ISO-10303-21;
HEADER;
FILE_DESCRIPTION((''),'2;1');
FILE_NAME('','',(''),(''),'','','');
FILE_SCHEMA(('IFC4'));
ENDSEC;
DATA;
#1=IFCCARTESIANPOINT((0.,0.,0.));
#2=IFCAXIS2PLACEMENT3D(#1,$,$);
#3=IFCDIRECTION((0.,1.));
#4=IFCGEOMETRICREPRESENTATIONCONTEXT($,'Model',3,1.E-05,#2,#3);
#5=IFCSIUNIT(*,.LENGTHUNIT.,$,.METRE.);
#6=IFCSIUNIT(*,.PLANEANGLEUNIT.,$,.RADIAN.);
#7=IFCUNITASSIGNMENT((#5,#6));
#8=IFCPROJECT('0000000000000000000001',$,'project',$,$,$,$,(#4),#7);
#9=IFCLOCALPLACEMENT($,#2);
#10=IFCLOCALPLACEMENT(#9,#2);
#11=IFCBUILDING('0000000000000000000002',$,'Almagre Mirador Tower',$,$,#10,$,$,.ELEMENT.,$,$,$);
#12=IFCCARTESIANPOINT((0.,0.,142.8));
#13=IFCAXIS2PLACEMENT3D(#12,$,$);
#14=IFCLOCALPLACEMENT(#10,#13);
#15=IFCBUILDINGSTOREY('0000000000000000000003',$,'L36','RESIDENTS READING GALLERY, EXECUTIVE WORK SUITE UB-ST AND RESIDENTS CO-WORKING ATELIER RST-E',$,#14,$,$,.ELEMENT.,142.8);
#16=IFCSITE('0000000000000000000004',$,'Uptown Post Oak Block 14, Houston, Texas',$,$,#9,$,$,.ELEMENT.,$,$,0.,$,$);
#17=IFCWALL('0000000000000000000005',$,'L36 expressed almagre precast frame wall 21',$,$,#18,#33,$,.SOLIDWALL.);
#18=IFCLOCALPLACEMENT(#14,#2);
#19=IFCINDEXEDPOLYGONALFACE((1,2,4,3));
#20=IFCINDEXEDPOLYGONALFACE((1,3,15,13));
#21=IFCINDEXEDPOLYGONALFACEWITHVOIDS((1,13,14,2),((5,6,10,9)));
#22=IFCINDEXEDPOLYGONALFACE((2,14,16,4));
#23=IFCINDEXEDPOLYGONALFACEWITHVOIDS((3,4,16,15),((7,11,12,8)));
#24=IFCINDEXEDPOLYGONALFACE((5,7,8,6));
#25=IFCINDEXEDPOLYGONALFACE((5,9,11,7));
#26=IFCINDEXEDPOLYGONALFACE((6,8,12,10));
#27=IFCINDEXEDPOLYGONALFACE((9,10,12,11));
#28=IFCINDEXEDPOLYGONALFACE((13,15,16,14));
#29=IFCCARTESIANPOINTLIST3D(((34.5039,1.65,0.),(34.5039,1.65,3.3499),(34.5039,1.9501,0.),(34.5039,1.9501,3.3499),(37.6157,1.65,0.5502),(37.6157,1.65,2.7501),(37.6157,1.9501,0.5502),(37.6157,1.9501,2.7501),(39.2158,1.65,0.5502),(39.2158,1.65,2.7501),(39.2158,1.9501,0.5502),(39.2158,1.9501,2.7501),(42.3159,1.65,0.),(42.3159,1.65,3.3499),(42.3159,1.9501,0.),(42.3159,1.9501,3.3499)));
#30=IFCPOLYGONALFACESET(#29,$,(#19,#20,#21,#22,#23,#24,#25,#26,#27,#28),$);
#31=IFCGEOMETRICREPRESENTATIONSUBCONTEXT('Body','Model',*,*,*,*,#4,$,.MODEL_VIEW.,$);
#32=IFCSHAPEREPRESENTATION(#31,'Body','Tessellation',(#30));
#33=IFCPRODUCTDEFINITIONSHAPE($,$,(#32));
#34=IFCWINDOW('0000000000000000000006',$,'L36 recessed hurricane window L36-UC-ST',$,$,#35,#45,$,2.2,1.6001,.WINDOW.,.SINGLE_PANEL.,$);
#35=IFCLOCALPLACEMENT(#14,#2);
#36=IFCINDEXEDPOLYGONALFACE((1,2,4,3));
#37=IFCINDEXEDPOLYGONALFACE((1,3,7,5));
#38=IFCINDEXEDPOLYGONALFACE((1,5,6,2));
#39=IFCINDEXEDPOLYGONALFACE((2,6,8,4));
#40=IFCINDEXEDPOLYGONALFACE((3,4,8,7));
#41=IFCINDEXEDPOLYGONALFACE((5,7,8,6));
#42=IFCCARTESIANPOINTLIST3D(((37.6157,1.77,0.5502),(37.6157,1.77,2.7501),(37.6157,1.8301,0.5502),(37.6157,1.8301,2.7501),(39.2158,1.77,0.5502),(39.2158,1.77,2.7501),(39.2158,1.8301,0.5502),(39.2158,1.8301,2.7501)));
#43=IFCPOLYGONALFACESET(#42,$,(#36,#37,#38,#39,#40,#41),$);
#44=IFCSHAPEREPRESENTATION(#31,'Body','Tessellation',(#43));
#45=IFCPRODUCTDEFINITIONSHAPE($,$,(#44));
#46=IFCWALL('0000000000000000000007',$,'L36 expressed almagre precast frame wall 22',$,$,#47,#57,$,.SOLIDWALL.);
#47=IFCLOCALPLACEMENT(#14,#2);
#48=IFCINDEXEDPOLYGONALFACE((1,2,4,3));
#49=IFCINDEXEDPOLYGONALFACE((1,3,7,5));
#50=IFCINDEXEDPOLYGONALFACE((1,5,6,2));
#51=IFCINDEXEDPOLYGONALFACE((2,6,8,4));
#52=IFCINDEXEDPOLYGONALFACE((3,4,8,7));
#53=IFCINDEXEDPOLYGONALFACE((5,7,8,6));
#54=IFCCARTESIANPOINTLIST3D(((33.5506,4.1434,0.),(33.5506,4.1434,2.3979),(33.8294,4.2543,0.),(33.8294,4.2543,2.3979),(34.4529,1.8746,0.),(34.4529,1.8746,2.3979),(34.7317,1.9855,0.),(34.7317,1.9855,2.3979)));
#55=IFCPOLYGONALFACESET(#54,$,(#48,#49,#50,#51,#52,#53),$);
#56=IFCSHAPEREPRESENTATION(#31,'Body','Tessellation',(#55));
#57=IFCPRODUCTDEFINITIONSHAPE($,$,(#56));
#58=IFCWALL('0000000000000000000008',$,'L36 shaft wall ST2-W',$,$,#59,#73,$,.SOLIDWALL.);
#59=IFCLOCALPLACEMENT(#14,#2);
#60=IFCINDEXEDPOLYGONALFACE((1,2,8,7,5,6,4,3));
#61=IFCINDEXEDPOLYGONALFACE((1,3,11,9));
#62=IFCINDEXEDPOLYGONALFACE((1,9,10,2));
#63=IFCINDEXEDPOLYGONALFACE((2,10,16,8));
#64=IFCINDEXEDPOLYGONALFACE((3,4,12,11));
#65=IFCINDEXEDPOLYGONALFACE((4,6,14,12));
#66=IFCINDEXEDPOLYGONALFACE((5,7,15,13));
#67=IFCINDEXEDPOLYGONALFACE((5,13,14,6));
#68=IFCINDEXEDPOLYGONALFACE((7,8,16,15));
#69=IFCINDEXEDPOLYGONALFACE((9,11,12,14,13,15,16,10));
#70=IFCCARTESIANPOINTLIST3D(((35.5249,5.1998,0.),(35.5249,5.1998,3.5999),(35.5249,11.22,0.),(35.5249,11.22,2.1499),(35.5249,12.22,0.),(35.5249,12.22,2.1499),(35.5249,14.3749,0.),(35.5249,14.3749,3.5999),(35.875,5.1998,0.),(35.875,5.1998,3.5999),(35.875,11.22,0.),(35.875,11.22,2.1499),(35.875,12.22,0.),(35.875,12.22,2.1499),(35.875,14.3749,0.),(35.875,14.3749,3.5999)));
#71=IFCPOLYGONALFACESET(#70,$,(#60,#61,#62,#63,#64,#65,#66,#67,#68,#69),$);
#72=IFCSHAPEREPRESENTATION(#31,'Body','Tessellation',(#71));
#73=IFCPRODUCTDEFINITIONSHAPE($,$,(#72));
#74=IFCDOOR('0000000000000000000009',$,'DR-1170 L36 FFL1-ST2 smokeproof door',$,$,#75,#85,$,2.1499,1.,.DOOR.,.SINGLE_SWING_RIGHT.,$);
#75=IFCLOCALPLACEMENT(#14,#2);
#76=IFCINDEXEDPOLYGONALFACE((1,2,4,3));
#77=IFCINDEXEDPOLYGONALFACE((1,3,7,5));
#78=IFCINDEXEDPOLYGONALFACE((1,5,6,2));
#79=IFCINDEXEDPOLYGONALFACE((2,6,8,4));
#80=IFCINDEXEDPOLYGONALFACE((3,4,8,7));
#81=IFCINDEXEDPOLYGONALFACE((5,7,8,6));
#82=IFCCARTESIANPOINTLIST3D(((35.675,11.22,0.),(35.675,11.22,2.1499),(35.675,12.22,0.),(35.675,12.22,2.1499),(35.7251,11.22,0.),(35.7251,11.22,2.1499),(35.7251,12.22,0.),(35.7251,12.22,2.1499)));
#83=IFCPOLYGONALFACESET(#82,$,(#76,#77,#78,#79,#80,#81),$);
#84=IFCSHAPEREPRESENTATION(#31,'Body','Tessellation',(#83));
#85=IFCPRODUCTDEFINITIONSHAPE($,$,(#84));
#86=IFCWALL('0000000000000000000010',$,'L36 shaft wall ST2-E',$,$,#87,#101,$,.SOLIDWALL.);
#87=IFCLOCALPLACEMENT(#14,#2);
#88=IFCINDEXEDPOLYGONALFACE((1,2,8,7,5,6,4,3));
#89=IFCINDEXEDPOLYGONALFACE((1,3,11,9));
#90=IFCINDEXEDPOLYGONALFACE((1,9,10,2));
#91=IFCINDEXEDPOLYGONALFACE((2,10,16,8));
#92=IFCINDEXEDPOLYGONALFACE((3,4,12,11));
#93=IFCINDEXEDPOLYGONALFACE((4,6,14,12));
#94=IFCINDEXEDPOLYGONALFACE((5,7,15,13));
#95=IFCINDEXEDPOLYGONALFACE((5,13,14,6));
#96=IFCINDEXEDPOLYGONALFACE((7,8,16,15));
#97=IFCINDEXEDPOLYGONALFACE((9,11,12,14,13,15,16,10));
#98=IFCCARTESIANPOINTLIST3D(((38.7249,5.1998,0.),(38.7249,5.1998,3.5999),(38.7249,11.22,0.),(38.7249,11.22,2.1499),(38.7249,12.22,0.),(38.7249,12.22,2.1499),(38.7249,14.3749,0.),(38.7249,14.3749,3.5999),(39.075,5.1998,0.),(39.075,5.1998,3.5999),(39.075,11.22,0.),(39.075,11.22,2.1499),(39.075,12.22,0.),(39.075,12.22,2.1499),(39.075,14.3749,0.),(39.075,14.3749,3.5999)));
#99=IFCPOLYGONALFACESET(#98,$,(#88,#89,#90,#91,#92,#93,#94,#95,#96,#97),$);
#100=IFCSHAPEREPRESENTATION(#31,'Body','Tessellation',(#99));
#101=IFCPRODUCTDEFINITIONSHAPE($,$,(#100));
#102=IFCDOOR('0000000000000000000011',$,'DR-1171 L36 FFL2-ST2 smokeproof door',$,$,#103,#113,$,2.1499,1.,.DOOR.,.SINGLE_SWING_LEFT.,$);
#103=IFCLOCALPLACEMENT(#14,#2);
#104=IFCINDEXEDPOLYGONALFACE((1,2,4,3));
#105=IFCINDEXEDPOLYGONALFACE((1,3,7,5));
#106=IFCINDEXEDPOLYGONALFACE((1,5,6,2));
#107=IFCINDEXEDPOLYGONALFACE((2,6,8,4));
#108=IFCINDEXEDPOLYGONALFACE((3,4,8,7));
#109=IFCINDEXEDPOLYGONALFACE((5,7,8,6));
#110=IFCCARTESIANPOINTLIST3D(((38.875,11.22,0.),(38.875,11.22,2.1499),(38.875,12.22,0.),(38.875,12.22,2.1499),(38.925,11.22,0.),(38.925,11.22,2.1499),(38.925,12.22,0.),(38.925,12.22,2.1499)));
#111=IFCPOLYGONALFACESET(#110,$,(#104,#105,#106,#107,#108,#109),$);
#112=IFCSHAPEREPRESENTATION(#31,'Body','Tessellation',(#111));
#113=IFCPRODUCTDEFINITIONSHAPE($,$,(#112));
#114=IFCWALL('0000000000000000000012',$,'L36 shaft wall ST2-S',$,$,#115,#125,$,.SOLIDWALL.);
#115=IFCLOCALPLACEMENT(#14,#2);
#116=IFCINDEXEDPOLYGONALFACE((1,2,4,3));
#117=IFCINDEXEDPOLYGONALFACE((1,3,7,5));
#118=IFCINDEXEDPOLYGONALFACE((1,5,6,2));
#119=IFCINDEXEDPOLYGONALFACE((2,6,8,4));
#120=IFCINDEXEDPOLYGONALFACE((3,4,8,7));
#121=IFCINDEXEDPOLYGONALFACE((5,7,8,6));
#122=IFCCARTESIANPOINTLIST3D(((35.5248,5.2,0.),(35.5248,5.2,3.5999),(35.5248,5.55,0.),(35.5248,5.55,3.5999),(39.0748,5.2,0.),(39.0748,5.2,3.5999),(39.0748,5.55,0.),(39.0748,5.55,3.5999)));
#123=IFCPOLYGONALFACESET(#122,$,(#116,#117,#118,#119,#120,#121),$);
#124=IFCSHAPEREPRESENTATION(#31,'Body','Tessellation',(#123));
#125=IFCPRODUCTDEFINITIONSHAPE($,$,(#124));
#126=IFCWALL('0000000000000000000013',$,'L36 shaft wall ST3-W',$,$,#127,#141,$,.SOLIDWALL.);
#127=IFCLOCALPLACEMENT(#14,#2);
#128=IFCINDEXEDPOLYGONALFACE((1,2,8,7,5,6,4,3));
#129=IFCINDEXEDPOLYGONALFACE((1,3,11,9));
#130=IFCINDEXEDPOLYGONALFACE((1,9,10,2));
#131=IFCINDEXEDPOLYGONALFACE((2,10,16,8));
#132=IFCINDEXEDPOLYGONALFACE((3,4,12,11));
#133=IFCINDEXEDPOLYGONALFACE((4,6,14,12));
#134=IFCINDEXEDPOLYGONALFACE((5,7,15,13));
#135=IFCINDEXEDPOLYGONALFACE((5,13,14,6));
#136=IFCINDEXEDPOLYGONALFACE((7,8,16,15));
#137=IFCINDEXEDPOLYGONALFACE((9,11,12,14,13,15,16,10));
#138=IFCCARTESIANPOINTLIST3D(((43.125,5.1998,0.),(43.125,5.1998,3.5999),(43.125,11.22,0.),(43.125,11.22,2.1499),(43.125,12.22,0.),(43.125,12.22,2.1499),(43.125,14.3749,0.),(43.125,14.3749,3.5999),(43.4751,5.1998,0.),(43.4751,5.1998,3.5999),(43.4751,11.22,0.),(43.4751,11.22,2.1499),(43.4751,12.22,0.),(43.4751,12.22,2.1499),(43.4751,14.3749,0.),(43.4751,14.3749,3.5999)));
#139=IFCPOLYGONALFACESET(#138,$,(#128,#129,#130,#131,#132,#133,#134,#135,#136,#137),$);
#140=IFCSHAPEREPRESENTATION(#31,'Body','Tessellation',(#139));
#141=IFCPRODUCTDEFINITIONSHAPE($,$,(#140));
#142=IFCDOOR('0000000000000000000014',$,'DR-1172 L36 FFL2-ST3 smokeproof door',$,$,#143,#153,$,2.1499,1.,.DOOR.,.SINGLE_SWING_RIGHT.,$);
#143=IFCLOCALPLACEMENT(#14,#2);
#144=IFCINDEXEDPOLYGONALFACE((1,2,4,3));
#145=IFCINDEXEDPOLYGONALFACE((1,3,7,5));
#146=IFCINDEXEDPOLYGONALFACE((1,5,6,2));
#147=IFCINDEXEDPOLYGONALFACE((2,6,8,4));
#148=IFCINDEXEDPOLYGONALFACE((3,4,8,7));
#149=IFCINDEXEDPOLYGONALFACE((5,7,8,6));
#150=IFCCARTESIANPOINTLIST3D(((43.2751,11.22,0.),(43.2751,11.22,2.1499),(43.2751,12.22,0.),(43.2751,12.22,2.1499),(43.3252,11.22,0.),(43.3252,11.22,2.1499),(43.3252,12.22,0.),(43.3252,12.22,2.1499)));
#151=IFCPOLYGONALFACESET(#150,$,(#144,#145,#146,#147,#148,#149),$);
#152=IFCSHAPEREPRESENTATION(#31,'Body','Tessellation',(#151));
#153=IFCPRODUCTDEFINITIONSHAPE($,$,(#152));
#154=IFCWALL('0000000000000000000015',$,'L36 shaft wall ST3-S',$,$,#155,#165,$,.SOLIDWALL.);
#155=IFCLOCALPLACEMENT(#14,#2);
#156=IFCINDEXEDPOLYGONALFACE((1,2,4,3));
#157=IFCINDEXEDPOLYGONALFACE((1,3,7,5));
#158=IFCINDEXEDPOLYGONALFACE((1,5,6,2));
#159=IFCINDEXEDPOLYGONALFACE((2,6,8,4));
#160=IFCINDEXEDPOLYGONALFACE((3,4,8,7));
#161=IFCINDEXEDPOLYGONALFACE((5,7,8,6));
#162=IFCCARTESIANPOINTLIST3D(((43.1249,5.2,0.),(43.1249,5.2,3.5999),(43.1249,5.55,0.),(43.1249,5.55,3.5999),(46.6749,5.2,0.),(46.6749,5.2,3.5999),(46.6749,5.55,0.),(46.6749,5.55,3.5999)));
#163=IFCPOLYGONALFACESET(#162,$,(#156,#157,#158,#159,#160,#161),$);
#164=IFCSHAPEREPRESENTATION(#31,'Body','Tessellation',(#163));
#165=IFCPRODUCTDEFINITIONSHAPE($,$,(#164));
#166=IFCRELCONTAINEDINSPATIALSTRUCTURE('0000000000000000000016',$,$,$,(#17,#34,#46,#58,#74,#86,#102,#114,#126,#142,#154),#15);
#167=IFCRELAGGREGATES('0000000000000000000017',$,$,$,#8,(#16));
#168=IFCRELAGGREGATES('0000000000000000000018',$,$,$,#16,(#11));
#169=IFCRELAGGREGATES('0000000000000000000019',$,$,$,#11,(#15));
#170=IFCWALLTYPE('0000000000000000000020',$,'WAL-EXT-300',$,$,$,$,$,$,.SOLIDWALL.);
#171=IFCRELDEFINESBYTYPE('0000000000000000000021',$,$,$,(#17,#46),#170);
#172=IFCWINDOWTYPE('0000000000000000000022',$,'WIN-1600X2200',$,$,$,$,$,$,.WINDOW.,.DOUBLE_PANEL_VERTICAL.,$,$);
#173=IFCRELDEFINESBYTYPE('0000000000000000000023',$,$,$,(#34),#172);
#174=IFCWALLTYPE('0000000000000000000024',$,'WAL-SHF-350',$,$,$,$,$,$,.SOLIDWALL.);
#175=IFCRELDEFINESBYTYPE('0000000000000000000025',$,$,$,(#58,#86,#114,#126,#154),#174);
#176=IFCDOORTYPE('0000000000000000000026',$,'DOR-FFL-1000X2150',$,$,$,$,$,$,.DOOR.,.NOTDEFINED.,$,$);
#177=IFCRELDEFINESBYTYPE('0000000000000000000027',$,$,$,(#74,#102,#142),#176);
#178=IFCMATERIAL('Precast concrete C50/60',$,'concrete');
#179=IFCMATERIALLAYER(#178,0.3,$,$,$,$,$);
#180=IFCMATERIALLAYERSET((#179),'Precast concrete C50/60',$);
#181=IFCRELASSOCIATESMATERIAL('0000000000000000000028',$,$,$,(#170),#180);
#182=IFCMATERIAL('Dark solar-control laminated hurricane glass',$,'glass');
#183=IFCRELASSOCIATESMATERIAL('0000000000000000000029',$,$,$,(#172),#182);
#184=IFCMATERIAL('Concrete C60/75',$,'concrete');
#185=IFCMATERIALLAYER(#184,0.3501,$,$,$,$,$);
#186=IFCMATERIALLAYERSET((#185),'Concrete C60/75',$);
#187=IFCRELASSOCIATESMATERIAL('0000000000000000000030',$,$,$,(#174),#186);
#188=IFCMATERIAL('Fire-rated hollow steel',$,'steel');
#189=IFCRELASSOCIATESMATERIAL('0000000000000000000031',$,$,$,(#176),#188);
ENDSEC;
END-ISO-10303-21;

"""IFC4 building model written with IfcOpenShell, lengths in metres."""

from ifc_helpers import new_model, si_unit, direction, frame, frame_2d, origin, place, context, subcontext, project, spatial, rectangle, extrude, material, layer, layer_set, type_object, element, fill, save


model = new_model("IFC4")

# Units and contexts
model_context = context("Model", 3, precision=1e-05, world=origin(), true_north=direction((0.0, 1.0)))
body_context = subcontext(model_context, "Body", "Model", "MODEL_VIEW")
ifc_project = project(units=[si_unit("LENGTHUNIT", "METRE"), si_unit("PLANEANGLEUNIT", "RADIAN")], contexts=[model_context])

# Site, building, storey
site_placement = place(None, origin())
site = spatial("IfcSite", under=ifc_project, at=site_placement, Name="Uptown Post Oak Block 14, Houston, Texas", CompositionType="ELEMENT", RefElevation=0.0)
building_placement = place(site_placement, origin())
building = spatial("IfcBuilding", under=site, at=building_placement, Name="Almagre Mirador Tower", CompositionType="ELEMENT")
storey_placement = place(building_placement, frame((0.0, 0.0, 142.8)))
storey = spatial("IfcBuildingStorey", under=building, at=storey_placement, Name="L36", Description="RESIDENTS READING GALLERY, EXECUTIVE WORK SUITE UB-ST AND RESIDENTS CO-WORKING ATELIER RST-E", CompositionType="ELEMENT", Elevation=142.8)

# Wall, opening, window
ifc_material_1 = material(Name="Precast concrete C50/60", Category="concrete")
ifc_layer_1 = layer(ifc_material_1, 0.3)
ifc_layer_set_1 = layer_set([ifc_layer_1], Name="Precast concrete C50/60")
wall_type_1 = type_object("IfcWallType", Name="WAL-EXT-300", PredefinedType="SOLIDWALL", material=ifc_layer_set_1)
wall_1_placement = place(storey_placement, frame((42.3159, 1.8, 0.0), z_axis=(0.0, 0.0, 1.0), x_axis=(-1.0, 0.0, 0.0)))
wall_1 = element("IfcWall", 1, at=wall_1_placement, inside=storey, type_object=wall_type_1, Name="L36 expressed almagre precast frame wall 21", PredefinedType="SOLIDWALL", context=body_context, shape_type="SweptSolid", body=[
    extrude(rectangle(XDim=7.812, YDim=0.3, at=frame_2d((3.906, 0.0))), origin(), (0.0, 0.0, 1.0), 3.3499),
])
opening_1_placement = place(wall_1_placement, frame((3.1001, 0.0, 0.55)))
opening_1 = element("IfcOpeningElement", 2, at=opening_1_placement, cuts=wall_1, PredefinedType="OPENING", context=body_context, shape_type="SweptSolid", body=[
    extrude(rectangle(XDim=1.6001, YDim=2.2, at=frame_2d((0.8, 1.1001))), frame((0.0, 0.1599, 0.0), z_axis=(0.0, -1.0, 0.0), x_axis=(1.0, 0.0, 0.0)), (0.0, 0.0, 1.0), 0.32),
])
ifc_material_2 = material(Name="Dark solar-control laminated hurricane glass", Category="glass")
window_type = type_object("IfcWindowType", Name="WIN-1600X2200", PartitioningType="DOUBLE_PANEL_VERTICAL", PredefinedType="WINDOW", material=ifc_material_2)
window_placement = place(opening_1_placement, origin())
window = element("IfcWindow", 3, at=window_placement, inside=storey, type_object=window_type, Name="L36 recessed hurricane window L36-UC-ST", OverallHeight=2.2, OverallWidth=1.6001, PartitioningType="SINGLE_PANEL", PredefinedType="WINDOW", context=body_context, shape_type="SweptSolid", body=[
    extrude(rectangle(XDim=1.6001, YDim=2.2, at=frame_2d((0.8, 1.1001))), frame((0.0, 0.03, 0.0), z_axis=(0.0, -1.0, 0.0), x_axis=(1.0, 0.0, 0.0)), (0.0, 0.0, 1.0), 0.0601),
])
fill(opening_1, window)

# Wall
wall_2_placement = place(storey_placement, frame((34.5923, 1.9302, 0.0), z_axis=(0.0, 0.0, 1.0), x_axis=(-0.369563, 0.929206, 0.0)))
element("IfcWall", 4, at=wall_2_placement, inside=storey, type_object=wall_type_1, Name="L36 expressed almagre precast frame wall 22", PredefinedType="SOLIDWALL", context=body_context, shape_type="SweptSolid", body=[
    extrude(rectangle(XDim=2.4417, YDim=0.3, at=frame_2d((1.2207, 0.0))), origin(), (0.0, 0.0, 1.0), 2.3979),
])

# Walls, openings, doors
ifc_material_3 = material(Name="Concrete C60/75", Category="concrete")
ifc_layer_2 = layer(ifc_material_3, 0.3501)
ifc_layer_set_2 = layer_set([ifc_layer_2], Name="Concrete C60/75")
wall_type_2 = type_object("IfcWallType", Name="WAL-SHF-350", PredefinedType="SOLIDWALL", material=ifc_layer_set_2)
wall_3_placement = place(storey_placement, frame((35.7, 5.2, 0.0), z_axis=(0.0, 0.0, 1.0), x_axis=(0.0, 1.0, 0.0)))
wall_3 = element("IfcWall", 5, at=wall_3_placement, inside=storey, type_object=wall_type_2, Name="L36 shaft wall ST2-W", PredefinedType="SOLIDWALL", context=body_context, shape_type="SweptSolid", body=[
    extrude(rectangle(XDim=9.175, YDim=0.3501, at=frame_2d((4.5874, 0.0))), origin(), (0.0, 0.0, 1.0), 3.5999),
])
opening_2_placement = place(wall_3_placement, frame((6.02, 0.0, 0.0)))
opening_2 = element("IfcOpeningElement", 6, at=opening_2_placement, cuts=wall_3, PredefinedType="OPENING", context=body_context, shape_type="SweptSolid", body=[
    extrude(rectangle(XDim=1.0, YDim=2.1499, at=frame_2d((0.5, 1.075))), frame((0.0, 0.185, 0.0), z_axis=(0.0, -1.0, 0.0), x_axis=(1.0, 0.0, 0.0)), (0.0, 0.0, 1.0), 0.3701),
])
ifc_material_4 = material(Name="Fire-rated hollow steel", Category="steel")
door_type_1 = type_object("IfcDoorType", Name="DOR-FFL-1000X2150", OperationType="NOTDEFINED", PredefinedType="DOOR", material=ifc_material_4)
door_1_placement = place(opening_2_placement, origin())
door_1 = element("IfcDoor", 7, at=door_1_placement, inside=storey, type_object=door_type_1, Name="DR-1170 L36 FFL1-ST2 smokeproof door", OperationType="SINGLE_SWING_RIGHT", OverallHeight=2.1499, OverallWidth=1.0, PredefinedType="DOOR", context=body_context, shape_type="SweptSolid", body=[
    extrude(rectangle(XDim=1.0, YDim=2.1499, at=frame_2d((0.5, 1.075))), frame((0.0, 0.0249, 0.0), z_axis=(0.0, -1.0, 0.0), x_axis=(1.0, 0.0, 0.0)), (0.0, 0.0, 1.0), 0.05),
])
fill(opening_2, door_1)
wall_4_placement = place(storey_placement, frame((38.8999, 5.2, 0.0), z_axis=(0.0, 0.0, 1.0), x_axis=(0.0, 1.0, 0.0)))
wall_4 = element("IfcWall", 8, at=wall_4_placement, inside=storey, type_object=wall_type_2, Name="L36 shaft wall ST2-E", PredefinedType="SOLIDWALL", context=body_context, shape_type="SweptSolid", body=[
    extrude(rectangle(XDim=9.175, YDim=0.3501, at=frame_2d((4.5874, 0.0))), origin(), (0.0, 0.0, 1.0), 3.5999),
])
opening_3_placement = place(wall_4_placement, frame((6.02, 0.0, 0.0)))
opening_3 = element("IfcOpeningElement", 9, at=opening_3_placement, cuts=wall_4, PredefinedType="OPENING", context=body_context, shape_type="SweptSolid", body=[
    extrude(rectangle(XDim=1.0, YDim=2.1499, at=frame_2d((0.5, 1.075))), frame((0.0, 0.185, 0.0), z_axis=(0.0, -1.0, 0.0), x_axis=(1.0, 0.0, 0.0)), (0.0, 0.0, 1.0), 0.3701),
])
door_2_placement = place(opening_3_placement, origin())
door_2 = element("IfcDoor", 10, at=door_2_placement, inside=storey, type_object=door_type_1, Name="DR-1171 L36 FFL2-ST2 smokeproof door", OperationType="SINGLE_SWING_LEFT", OverallHeight=2.1499, OverallWidth=1.0, PredefinedType="DOOR", context=body_context, shape_type="SweptSolid", body=[
    extrude(rectangle(XDim=1.0, YDim=2.1499, at=frame_2d((0.5, 1.075))), frame((0.0, 0.0249, 0.0), z_axis=(0.0, -1.0, 0.0), x_axis=(1.0, 0.0, 0.0)), (0.0, 0.0, 1.0), 0.05),
])
fill(opening_3, door_2)

# Wall
wall_5_placement = place(storey_placement, frame((35.5249, 5.375, 0.0), z_axis=(0.0, 0.0, 1.0), x_axis=(1.0, 0.0, 0.0)))
element("IfcWall", 11, at=wall_5_placement, inside=storey, type_object=wall_type_2, Name="L36 shaft wall ST2-S", PredefinedType="SOLIDWALL", context=body_context, shape_type="SweptSolid", body=[
    extrude(rectangle(XDim=3.55, YDim=0.3501, at=frame_2d((1.7749, 0.0))), origin(), (0.0, 0.0, 1.0), 3.5999),
])

# Wall, opening, door
wall_6_placement = place(storey_placement, frame((43.3, 5.2, 0.0), z_axis=(0.0, 0.0, 1.0), x_axis=(0.0, 1.0, 0.0)))
wall_6 = element("IfcWall", 12, at=wall_6_placement, inside=storey, type_object=wall_type_2, Name="L36 shaft wall ST3-W", PredefinedType="SOLIDWALL", context=body_context, shape_type="SweptSolid", body=[
    extrude(rectangle(XDim=9.175, YDim=0.3501, at=frame_2d((4.5874, 0.0))), origin(), (0.0, 0.0, 1.0), 3.5999),
])
opening_4_placement = place(wall_6_placement, frame((6.02, 0.0, 0.0)))
opening_4 = element("IfcOpeningElement", 13, at=opening_4_placement, cuts=wall_6, PredefinedType="OPENING", context=body_context, shape_type="SweptSolid", body=[
    extrude(rectangle(XDim=1.0, YDim=2.1499, at=frame_2d((0.5, 1.075))), frame((0.0, 0.185, 0.0), z_axis=(0.0, -1.0, 0.0), x_axis=(1.0, 0.0, 0.0)), (0.0, 0.0, 1.0), 0.3701),
])
door_3_placement = place(opening_4_placement, origin())
door_3 = element("IfcDoor", 14, at=door_3_placement, inside=storey, type_object=door_type_1, Name="DR-1172 L36 FFL2-ST3 smokeproof door", OperationType="SINGLE_SWING_RIGHT", OverallHeight=2.1499, OverallWidth=1.0, PredefinedType="DOOR", context=body_context, shape_type="SweptSolid", body=[
    extrude(rectangle(XDim=1.0, YDim=2.1499, at=frame_2d((0.5, 1.075))), frame((0.0, 0.0249, 0.0), z_axis=(0.0, -1.0, 0.0), x_axis=(1.0, 0.0, 0.0)), (0.0, 0.0, 1.0), 0.05),
])
fill(opening_4, door_3)

# Wall
wall_7_placement = place(storey_placement, frame((43.125, 5.375, 0.0), z_axis=(0.0, 0.0, 1.0), x_axis=(1.0, 0.0, 0.0)))
element("IfcWall", 15, at=wall_7_placement, inside=storey, type_object=wall_type_2, Name="L36 shaft wall ST3-S", PredefinedType="SOLIDWALL", context=body_context, shape_type="SweptSolid", body=[
    extrude(rectangle(XDim=3.55, YDim=0.3501, at=frame_2d((1.7749, 0.0))), origin(), (0.0, 0.0, 1.0), 3.5999),
])

save(model, "model.ifc")
